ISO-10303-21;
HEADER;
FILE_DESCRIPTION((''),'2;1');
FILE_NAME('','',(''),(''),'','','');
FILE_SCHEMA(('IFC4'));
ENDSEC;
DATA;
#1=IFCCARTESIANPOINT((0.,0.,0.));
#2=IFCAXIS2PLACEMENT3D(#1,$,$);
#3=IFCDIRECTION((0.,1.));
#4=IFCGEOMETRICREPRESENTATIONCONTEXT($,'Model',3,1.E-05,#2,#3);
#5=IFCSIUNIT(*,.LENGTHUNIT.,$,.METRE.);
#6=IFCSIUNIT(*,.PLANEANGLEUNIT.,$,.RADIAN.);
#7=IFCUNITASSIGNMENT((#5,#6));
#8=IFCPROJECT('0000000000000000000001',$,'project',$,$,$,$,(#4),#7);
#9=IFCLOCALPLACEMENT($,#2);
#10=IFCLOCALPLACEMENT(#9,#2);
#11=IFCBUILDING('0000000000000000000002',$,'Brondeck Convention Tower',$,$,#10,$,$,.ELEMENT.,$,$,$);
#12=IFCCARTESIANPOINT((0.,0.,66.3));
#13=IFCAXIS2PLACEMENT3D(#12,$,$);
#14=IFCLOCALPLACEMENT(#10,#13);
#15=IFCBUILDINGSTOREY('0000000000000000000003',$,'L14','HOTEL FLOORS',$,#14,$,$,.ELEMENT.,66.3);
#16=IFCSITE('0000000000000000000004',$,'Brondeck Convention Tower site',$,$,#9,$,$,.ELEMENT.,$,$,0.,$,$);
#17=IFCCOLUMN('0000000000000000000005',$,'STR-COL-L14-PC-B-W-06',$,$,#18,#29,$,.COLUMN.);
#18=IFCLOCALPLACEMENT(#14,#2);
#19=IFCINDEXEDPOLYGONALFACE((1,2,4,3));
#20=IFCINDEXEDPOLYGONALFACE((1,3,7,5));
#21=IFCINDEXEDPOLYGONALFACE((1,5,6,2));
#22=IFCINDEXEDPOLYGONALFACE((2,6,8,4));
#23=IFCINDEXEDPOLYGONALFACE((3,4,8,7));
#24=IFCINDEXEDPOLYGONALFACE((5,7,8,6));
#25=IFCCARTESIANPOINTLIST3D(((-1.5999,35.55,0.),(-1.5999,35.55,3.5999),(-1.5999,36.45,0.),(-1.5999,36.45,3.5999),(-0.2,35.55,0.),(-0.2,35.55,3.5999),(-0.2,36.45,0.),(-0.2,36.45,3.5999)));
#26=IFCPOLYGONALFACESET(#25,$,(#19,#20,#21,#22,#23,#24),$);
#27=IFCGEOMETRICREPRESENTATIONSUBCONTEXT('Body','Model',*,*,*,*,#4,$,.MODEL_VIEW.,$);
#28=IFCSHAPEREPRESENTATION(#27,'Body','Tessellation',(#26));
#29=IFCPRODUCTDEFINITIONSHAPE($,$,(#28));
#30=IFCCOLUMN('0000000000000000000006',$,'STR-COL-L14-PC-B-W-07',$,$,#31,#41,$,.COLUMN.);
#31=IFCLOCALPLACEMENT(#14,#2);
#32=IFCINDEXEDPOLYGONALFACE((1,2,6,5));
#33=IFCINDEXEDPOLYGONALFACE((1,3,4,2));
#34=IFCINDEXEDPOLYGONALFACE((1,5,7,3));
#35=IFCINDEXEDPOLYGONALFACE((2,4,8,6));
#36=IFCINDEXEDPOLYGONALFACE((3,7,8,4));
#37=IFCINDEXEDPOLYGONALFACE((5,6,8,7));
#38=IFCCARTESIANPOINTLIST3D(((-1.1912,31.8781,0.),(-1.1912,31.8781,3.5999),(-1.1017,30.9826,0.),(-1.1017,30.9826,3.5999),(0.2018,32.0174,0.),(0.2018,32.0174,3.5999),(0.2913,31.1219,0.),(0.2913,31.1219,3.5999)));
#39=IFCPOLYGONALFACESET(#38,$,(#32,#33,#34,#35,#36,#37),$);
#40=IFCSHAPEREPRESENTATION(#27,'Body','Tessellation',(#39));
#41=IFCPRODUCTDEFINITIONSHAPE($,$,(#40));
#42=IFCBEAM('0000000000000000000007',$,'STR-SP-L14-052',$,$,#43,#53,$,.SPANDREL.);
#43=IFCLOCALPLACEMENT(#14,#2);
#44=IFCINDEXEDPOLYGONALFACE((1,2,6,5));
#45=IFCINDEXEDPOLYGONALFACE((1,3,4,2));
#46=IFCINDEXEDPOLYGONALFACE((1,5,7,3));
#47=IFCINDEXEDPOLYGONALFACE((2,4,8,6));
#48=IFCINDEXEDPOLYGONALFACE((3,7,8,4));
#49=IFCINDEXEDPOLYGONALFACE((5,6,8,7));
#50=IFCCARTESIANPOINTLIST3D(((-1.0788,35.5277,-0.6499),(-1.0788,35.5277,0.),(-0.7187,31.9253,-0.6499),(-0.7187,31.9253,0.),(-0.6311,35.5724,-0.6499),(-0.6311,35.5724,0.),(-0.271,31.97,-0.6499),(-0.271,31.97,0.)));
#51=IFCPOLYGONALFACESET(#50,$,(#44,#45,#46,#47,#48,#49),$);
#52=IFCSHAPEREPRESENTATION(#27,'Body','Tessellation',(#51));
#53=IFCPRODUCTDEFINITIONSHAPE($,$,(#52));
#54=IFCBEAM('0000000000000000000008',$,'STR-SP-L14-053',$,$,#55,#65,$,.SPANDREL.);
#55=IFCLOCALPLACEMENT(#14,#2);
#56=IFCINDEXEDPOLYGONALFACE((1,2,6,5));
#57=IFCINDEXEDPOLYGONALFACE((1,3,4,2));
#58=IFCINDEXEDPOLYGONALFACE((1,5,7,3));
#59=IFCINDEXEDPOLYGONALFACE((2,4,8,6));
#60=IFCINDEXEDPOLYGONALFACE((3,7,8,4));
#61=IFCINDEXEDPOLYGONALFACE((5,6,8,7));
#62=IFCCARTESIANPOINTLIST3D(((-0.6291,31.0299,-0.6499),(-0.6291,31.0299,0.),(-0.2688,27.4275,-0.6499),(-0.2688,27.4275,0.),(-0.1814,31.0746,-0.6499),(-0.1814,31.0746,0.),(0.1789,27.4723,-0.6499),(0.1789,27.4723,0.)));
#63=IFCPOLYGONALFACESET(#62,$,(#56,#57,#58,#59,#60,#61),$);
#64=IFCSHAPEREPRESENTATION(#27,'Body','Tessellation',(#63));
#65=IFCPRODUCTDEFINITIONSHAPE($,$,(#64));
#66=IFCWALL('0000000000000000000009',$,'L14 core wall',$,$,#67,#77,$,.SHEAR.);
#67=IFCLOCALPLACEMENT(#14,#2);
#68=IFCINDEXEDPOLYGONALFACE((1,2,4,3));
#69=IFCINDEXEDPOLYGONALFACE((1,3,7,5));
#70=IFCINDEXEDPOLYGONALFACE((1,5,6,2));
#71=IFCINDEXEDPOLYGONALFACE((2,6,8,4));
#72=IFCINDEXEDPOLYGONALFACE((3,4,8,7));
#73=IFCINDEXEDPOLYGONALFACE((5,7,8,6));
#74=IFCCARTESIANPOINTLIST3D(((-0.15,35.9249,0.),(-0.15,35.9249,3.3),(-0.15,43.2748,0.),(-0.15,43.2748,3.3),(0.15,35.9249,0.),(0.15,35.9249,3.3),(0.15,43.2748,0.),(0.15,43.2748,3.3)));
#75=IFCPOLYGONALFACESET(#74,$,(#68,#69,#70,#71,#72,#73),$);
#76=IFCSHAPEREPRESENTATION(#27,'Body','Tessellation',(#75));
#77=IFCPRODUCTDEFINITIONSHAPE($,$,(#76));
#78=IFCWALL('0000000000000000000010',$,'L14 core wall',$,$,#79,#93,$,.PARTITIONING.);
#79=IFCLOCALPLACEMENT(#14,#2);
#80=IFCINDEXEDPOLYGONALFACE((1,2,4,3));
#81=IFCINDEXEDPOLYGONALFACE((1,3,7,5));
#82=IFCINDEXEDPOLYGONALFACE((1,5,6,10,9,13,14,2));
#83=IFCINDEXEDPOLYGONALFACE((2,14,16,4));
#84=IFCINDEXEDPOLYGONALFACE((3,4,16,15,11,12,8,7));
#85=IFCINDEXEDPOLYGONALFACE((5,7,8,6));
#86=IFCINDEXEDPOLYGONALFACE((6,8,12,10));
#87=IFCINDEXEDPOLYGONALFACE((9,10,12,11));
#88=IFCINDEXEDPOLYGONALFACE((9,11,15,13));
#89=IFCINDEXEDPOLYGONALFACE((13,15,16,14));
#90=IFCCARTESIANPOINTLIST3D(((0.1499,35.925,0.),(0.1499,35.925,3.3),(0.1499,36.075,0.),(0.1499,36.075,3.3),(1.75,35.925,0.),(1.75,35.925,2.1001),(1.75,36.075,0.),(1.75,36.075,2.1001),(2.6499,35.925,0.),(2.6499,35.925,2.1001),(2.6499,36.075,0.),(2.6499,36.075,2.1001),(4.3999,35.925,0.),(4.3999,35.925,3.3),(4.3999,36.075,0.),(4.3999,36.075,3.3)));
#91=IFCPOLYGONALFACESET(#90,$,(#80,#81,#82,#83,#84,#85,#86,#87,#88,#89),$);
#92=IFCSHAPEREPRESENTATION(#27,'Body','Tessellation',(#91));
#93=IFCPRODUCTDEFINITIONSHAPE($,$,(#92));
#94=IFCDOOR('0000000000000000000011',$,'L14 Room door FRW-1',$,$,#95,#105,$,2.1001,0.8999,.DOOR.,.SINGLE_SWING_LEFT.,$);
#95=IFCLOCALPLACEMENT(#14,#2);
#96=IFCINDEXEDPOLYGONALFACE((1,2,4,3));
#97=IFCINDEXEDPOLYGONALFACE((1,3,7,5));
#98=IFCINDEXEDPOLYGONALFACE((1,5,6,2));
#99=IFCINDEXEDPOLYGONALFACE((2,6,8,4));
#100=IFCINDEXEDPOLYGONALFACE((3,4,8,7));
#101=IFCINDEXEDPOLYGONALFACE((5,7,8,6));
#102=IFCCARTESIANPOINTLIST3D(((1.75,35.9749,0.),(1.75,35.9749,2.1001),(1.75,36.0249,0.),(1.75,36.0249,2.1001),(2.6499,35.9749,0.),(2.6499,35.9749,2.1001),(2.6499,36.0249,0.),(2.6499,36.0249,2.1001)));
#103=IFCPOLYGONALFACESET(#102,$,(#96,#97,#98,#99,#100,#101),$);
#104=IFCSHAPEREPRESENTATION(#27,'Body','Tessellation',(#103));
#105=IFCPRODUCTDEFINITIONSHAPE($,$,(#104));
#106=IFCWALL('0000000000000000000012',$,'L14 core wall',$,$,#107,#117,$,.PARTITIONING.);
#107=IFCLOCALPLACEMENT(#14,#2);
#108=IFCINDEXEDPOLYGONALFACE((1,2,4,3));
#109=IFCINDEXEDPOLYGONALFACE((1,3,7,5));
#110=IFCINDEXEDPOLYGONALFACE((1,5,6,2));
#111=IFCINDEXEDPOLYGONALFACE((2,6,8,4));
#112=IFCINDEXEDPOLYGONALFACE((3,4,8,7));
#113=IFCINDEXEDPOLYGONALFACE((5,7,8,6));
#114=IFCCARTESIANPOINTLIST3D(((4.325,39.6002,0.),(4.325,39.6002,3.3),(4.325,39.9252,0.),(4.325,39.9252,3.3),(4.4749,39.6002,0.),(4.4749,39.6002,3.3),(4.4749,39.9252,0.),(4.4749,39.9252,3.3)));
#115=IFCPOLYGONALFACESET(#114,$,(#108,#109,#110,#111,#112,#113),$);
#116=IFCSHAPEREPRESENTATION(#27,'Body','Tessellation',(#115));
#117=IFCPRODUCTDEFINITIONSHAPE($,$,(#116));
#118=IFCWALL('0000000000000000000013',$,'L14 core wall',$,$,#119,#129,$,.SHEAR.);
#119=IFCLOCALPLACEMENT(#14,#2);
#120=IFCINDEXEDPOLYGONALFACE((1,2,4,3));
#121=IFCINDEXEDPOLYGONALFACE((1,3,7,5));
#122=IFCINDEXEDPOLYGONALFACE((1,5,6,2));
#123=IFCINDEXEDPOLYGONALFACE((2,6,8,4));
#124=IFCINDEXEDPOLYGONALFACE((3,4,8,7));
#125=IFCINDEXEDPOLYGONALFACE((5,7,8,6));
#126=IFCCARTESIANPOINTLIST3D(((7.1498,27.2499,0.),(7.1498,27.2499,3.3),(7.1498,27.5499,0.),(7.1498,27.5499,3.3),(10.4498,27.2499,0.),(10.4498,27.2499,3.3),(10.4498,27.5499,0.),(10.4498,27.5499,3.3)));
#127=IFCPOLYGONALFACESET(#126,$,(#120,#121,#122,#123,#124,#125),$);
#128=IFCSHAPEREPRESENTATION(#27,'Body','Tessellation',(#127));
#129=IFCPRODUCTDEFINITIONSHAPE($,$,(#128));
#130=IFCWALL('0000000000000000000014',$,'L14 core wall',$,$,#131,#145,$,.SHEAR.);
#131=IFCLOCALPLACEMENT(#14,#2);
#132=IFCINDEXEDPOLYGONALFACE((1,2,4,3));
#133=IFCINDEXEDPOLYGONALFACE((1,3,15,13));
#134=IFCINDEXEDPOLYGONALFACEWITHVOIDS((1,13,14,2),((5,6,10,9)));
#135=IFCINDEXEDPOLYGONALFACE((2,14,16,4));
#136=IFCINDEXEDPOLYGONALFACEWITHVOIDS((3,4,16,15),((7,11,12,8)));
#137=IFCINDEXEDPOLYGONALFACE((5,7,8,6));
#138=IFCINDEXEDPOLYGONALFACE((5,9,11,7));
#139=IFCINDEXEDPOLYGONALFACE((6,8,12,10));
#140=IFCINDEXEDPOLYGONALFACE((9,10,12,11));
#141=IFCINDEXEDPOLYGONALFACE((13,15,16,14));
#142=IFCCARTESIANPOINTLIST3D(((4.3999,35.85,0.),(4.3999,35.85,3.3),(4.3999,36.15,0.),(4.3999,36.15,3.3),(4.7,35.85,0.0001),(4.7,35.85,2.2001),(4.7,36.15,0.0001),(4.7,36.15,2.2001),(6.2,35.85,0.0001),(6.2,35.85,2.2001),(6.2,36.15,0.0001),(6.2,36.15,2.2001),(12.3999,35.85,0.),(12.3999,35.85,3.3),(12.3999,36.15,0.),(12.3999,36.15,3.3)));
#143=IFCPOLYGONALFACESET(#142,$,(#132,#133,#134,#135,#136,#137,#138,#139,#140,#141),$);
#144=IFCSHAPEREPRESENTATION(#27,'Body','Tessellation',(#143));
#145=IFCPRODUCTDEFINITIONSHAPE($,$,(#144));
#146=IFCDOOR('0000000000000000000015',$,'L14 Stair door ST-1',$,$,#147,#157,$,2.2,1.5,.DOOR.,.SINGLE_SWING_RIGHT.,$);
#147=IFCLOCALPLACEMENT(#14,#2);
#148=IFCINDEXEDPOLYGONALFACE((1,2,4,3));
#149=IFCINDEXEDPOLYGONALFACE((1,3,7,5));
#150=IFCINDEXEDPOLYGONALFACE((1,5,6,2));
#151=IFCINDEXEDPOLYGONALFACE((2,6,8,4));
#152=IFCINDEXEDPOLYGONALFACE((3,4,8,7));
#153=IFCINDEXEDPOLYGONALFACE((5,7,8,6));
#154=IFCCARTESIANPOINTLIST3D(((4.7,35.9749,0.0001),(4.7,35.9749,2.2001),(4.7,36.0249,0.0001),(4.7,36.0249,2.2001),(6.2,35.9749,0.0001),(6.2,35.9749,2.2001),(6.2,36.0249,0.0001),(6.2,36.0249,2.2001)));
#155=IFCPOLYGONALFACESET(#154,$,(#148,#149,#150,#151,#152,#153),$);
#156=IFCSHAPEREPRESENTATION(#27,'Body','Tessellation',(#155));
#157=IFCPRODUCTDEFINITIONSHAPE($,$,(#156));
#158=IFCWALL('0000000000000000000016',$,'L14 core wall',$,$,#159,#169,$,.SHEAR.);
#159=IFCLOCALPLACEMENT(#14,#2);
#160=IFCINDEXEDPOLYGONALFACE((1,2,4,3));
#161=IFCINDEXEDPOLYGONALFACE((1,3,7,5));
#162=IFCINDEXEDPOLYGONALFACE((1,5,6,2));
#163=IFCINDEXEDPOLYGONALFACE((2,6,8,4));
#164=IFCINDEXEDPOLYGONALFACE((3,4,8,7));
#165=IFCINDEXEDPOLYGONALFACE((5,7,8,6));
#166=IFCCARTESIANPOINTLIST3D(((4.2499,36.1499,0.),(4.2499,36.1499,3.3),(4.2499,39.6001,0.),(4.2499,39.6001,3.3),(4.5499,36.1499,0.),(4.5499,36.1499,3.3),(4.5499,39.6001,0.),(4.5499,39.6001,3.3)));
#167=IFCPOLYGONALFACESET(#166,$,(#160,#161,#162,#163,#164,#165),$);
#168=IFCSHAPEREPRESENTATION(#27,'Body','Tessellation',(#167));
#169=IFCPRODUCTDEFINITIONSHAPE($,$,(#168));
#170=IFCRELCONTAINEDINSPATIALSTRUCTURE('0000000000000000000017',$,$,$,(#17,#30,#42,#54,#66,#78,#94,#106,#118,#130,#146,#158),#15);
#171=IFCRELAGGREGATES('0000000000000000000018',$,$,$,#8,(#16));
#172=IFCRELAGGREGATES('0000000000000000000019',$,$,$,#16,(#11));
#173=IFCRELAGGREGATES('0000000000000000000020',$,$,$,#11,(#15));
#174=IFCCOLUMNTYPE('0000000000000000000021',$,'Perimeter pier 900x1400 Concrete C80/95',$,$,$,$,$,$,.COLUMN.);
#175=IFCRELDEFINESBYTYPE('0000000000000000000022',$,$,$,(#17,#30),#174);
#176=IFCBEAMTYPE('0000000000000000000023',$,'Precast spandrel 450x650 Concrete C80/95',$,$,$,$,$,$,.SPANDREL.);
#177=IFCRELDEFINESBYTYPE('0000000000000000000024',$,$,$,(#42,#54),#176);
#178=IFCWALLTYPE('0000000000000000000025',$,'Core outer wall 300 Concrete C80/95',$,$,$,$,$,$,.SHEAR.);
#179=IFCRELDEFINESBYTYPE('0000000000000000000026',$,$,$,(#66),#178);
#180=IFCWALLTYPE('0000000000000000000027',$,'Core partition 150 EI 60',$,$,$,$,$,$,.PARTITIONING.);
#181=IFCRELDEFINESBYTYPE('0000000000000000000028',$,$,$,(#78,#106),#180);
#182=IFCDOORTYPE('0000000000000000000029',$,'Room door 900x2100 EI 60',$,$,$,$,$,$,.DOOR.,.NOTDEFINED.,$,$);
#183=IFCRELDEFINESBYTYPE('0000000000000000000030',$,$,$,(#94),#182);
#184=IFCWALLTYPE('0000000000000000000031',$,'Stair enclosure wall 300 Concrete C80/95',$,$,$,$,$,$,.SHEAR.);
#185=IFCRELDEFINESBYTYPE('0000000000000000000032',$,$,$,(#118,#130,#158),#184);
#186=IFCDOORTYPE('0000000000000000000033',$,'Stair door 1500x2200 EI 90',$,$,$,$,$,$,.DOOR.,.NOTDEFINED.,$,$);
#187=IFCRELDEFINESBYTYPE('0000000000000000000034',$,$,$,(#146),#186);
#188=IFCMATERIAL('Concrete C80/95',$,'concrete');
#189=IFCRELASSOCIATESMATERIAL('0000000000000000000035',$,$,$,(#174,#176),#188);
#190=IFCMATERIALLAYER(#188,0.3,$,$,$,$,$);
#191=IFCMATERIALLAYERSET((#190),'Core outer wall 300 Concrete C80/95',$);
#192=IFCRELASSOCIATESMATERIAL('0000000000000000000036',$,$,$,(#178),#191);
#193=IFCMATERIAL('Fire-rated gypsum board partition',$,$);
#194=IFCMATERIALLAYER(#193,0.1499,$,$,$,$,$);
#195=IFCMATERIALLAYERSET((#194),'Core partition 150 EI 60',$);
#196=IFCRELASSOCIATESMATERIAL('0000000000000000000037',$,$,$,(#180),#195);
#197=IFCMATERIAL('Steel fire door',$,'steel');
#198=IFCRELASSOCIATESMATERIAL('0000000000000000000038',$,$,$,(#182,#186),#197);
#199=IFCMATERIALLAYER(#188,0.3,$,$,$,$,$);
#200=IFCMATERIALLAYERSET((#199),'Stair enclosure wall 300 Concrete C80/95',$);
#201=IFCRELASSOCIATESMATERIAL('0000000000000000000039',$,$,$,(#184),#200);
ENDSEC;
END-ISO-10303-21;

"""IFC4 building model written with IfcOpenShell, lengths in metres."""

from ifc_helpers import new_model, si_unit, direction, frame, frame_2d, origin, origin_2d, place, context, subcontext, project, spatial, rectangle, extrude, material, layer, layer_set, material_profile, profile_set, type_object, element, fill, save


model = new_model("IFC4")

# Units and contexts
model_context = context("Model", 3, precision=1e-05, world=origin(), true_north=direction((0.0, 1.0)))
body_context = subcontext(model_context, "Body", "Model", "MODEL_VIEW")
ifc_project = project(units=[si_unit("LENGTHUNIT", "METRE"), si_unit("PLANEANGLEUNIT", "RADIAN")], contexts=[model_context])

# Site, building, storey
site_placement = place(None, origin())
site = spatial("IfcSite", under=ifc_project, at=site_placement, Name="Brondeck Convention Tower site", CompositionType="ELEMENT", RefElevation=0.0)
building_placement = place(site_placement, origin())
building = spatial("IfcBuilding", under=site, at=building_placement, Name="Brondeck Convention Tower", CompositionType="ELEMENT")
storey_placement = place(building_placement, frame((0.0, 0.0, 66.3)))
storey = spatial("IfcBuildingStorey", under=building, at=storey_placement, Name="L14", Description="HOTEL FLOORS", CompositionType="ELEMENT", Elevation=66.3)

# Columns
ifc_material_1 = material(Name="Concrete C80/95", Category="concrete")
ifc_material_profile_1 = material_profile(ifc_material_1, rectangle(XDim=0.8999, YDim=1.3999, at=origin_2d()), Name="Perimeter pier 900x1400 Concrete C80/95")
ifc_profile_set_1 = profile_set([ifc_material_profile_1], Name="Concrete C80/95")
column_type = type_object("IfcColumnType", Name="Perimeter pier 900x1400 Concrete C80/95", PredefinedType="COLUMN", material=ifc_profile_set_1)
for number, where, z_axis, x_axis, name in (
    (1, (-0.8999, 36.0, 0.0), (0.0, 0.0, 1.0), (0.0, -1.0, 0.0), "STR-COL-L14-PC-B-W-06"),
    (2, (-0.45, 31.5, 0.0), (0.0, 0.0, 1.0), (0.099504, -0.995037, 0.0), "STR-COL-L14-PC-B-W-07"),
):
    element("IfcColumn", number, at=place(storey_placement, frame(where, z_axis=z_axis, x_axis=x_axis)), inside=storey, type_object=column_type, Name=name, PredefinedType="COLUMN", context=body_context, shape_type="SweptSolid", body=[
        extrude(rectangle(XDim=0.8999, YDim=1.3999, at=origin_2d()), origin(), (0.0, 0.0, 1.0), 3.5999),
    ])

# Beams
ifc_material_profile_2 = material_profile(ifc_material_1, rectangle(XDim=0.45, YDim=0.6499, at=origin_2d()), Name="Precast spandrel 450x650 Concrete C80/95")
ifc_profile_set_2 = profile_set([ifc_material_profile_2], Name="Concrete C80/95")
beam_type = type_object("IfcBeamType", Name="Precast spandrel 450x650 Concrete C80/95", PredefinedType="SPANDREL", material=ifc_profile_set_2)
for number, where, z_axis, x_axis, name in (
    (3, (-0.855, 35.55, -0.325), (0.09947, -0.995041, 0.0), (0.995041, 0.09947, 0.0), "STR-SP-L14-052"),
    (4, (-0.4053, 31.0522, -0.325), (0.099537, -0.995034, 0.0), (0.995034, 0.099537, 0.0), "STR-SP-L14-053"),
):
    element("IfcBeam", number, at=place(storey_placement, frame(where, z_axis=z_axis, x_axis=x_axis)), inside=storey, type_object=beam_type, Name=name, PredefinedType="SPANDREL", context=body_context, shape_type="SweptSolid", body=[
        extrude(rectangle(XDim=0.45, YDim=0.6499, at=origin_2d()), origin(), (0.0, 0.0, 1.0), 3.6204),
    ])

# Wall
ifc_layer_1 = layer(ifc_material_1, 0.3)
ifc_layer_set_1 = layer_set([ifc_layer_1], Name="Core outer wall 300 Concrete C80/95")
wall_type_1 = type_object("IfcWallType", Name="Core outer wall 300 Concrete C80/95", PredefinedType="SHEAR", material=ifc_layer_set_1)
wall_1_placement = place(storey_placement, frame((0.0, 35.925, 0.0), z_axis=(0.0, 0.0, 1.0), x_axis=(0.0, 1.0, 0.0)))
element("IfcWall", 5, at=wall_1_placement, inside=storey, type_object=wall_type_1, Name="L14 core wall", PredefinedType="SHEAR", context=body_context, shape_type="SweptSolid", body=[
    extrude(rectangle(XDim=7.3499, YDim=0.3, at=frame_2d((3.6748, 0.0))), origin(), (0.0, 0.0, 1.0), 3.3),
])

# Wall, opening, door
ifc_material_2 = material(Name="Fire-rated gypsum board partition")
ifc_layer_2 = layer(ifc_material_2, 0.1499)
ifc_layer_set_2 = layer_set([ifc_layer_2], Name="Core partition 150 EI 60")
wall_type_2 = type_object("IfcWallType", Name="Core partition 150 EI 60", PredefinedType="PARTITIONING", material=ifc_layer_set_2)
wall_2_placement = place(storey_placement, frame((0.1499, 36.0, 0.0), z_axis=(0.0, 0.0, 1.0), x_axis=(1.0, 0.0, 0.0)))
wall_2 = element("IfcWall", 6, at=wall_2_placement, inside=storey, type_object=wall_type_2, Name="L14 core wall", PredefinedType="PARTITIONING", context=body_context, shape_type="SweptSolid", body=[
    extrude(rectangle(XDim=4.25, YDim=0.1499, at=frame_2d((2.125, 0.0))), origin(), (0.0, 0.0, 1.0), 3.3),
])
opening_1_placement = place(wall_2_placement, frame((1.6001, 0.0, 0.0)))
opening_1 = element("IfcOpeningElement", 7, at=opening_1_placement, cuts=wall_2, PredefinedType="OPENING", context=body_context, shape_type="SweptSolid", body=[
    extrude(rectangle(XDim=0.8999, YDim=2.1001, at=frame_2d((0.45, 1.05))), frame((0.0, 0.085, 0.0), z_axis=(0.0, -1.0, 0.0), x_axis=(1.0, 0.0, 0.0)), (0.0, 0.0, 1.0), 0.1699),
])
ifc_material_3 = material(Name="Steel fire door", Category="steel")
door_type_1 = type_object("IfcDoorType", Name="Room door 900x2100 EI 60", OperationType="NOTDEFINED", PredefinedType="DOOR", material=ifc_material_3)
door_1_placement = place(opening_1_placement, origin())
door_1 = element("IfcDoor", 8, at=door_1_placement, inside=storey, type_object=door_type_1, Name="L14 Room door FRW-1", OperationType="SINGLE_SWING_LEFT", OverallHeight=2.1001, OverallWidth=0.8999, PredefinedType="DOOR", context=body_context, shape_type="SweptSolid", body=[
    extrude(rectangle(XDim=0.8999, YDim=2.1001, at=frame_2d((0.45, 1.05))), frame((0.0, 0.0249, 0.0), z_axis=(0.0, -1.0, 0.0), x_axis=(1.0, 0.0, 0.0)), (0.0, 0.0, 1.0), 0.05),
])
fill(opening_1, door_1)

# Walls
wall_3_placement = place(storey_placement, frame((4.3999, 39.6001, 0.0), z_axis=(0.0, 0.0, 1.0), x_axis=(0.0, 1.0, 0.0)))
element("IfcWall", 9, at=wall_3_placement, inside=storey, type_object=wall_type_2, Name="L14 core wall", PredefinedType="PARTITIONING", context=body_context, shape_type="SweptSolid", body=[
    extrude(rectangle(XDim=0.325, YDim=0.1499, at=frame_2d((0.1626, 0.0))), origin(), (0.0, 0.0, 1.0), 3.3),
])
ifc_layer_3 = layer(ifc_material_1, 0.3)
ifc_layer_set_3 = layer_set([ifc_layer_3], Name="Stair enclosure wall 300 Concrete C80/95")
wall_type_3 = type_object("IfcWallType", Name="Stair enclosure wall 300 Concrete C80/95", PredefinedType="SHEAR", material=ifc_layer_set_3)
wall_4_placement = place(storey_placement, frame((7.1499, 27.3999, 0.0), z_axis=(0.0, 0.0, 1.0), x_axis=(1.0, 0.0, 0.0)))
element("IfcWall", 10, at=wall_4_placement, inside=storey, type_object=wall_type_3, Name="L14 core wall", PredefinedType="SHEAR", context=body_context, shape_type="SweptSolid", body=[
    extrude(rectangle(XDim=3.3, YDim=0.3, at=frame_2d((1.6499, 0.0))), origin(), (0.0, 0.0, 1.0), 3.3),
])

# Wall, opening, door
wall_5_placement = place(storey_placement, frame((4.3999, 36.0, 0.0), z_axis=(0.0, 0.0, 1.0), x_axis=(1.0, 0.0, 0.0)))
wall_5 = element("IfcWall", 11, at=wall_5_placement, inside=storey, type_object=wall_type_3, Name="L14 core wall", PredefinedType="SHEAR", context=body_context, shape_type="SweptSolid", body=[
    extrude(rectangle(XDim=8.0, YDim=0.3, at=frame_2d((4.0, 0.0))), origin(), (0.0, 0.0, 1.0), 3.3),
])
opening_2_placement = place(wall_5_placement, frame((0.3, 0.0, 0.0)))
opening_2 = element("IfcOpeningElement", 12, at=opening_2_placement, cuts=wall_5, PredefinedType="OPENING", context=body_context, shape_type="SweptSolid", body=[
    extrude(rectangle(XDim=1.5, YDim=2.2, at=frame_2d((0.75, 1.1001))), frame((0.0, 0.1599, 0.0), z_axis=(0.0, -1.0, 0.0), x_axis=(1.0, 0.0, 0.0)), (0.0, 0.0, 1.0), 0.3201),
])
door_type_2 = type_object("IfcDoorType", Name="Stair door 1500x2200 EI 90", OperationType="NOTDEFINED", PredefinedType="DOOR", material=ifc_material_3)
door_2_placement = place(opening_2_placement, origin())
door_2 = element("IfcDoor", 13, at=door_2_placement, inside=storey, type_object=door_type_2, Name="L14 Stair door ST-1", OperationType="SINGLE_SWING_RIGHT", OverallHeight=2.2, OverallWidth=1.5, PredefinedType="DOOR", context=body_context, shape_type="SweptSolid", body=[
    extrude(rectangle(XDim=1.5, YDim=2.2, at=frame_2d((0.75, 1.1001))), frame((0.0, 0.0249, 0.0), z_axis=(0.0, -1.0, 0.0), x_axis=(1.0, 0.0, 0.0)), (0.0, 0.0, 1.0), 0.05),
])
fill(opening_2, door_2)

# Wall
wall_6_placement = place(storey_placement, frame((4.3999, 36.1499, 0.0), z_axis=(0.0, 0.0, 1.0), x_axis=(0.0, 1.0, 0.0)))
element("IfcWall", 14, at=wall_6_placement, inside=storey, type_object=wall_type_3, Name="L14 core wall", PredefinedType="SHEAR", context=body_context, shape_type="SweptSolid", body=[
    extrude(rectangle(XDim=3.4502, YDim=0.3, at=frame_2d((1.7251, 0.0))), origin(), (0.0, 0.0, 1.0), 3.3),
])

save(model, "model.ifc")
